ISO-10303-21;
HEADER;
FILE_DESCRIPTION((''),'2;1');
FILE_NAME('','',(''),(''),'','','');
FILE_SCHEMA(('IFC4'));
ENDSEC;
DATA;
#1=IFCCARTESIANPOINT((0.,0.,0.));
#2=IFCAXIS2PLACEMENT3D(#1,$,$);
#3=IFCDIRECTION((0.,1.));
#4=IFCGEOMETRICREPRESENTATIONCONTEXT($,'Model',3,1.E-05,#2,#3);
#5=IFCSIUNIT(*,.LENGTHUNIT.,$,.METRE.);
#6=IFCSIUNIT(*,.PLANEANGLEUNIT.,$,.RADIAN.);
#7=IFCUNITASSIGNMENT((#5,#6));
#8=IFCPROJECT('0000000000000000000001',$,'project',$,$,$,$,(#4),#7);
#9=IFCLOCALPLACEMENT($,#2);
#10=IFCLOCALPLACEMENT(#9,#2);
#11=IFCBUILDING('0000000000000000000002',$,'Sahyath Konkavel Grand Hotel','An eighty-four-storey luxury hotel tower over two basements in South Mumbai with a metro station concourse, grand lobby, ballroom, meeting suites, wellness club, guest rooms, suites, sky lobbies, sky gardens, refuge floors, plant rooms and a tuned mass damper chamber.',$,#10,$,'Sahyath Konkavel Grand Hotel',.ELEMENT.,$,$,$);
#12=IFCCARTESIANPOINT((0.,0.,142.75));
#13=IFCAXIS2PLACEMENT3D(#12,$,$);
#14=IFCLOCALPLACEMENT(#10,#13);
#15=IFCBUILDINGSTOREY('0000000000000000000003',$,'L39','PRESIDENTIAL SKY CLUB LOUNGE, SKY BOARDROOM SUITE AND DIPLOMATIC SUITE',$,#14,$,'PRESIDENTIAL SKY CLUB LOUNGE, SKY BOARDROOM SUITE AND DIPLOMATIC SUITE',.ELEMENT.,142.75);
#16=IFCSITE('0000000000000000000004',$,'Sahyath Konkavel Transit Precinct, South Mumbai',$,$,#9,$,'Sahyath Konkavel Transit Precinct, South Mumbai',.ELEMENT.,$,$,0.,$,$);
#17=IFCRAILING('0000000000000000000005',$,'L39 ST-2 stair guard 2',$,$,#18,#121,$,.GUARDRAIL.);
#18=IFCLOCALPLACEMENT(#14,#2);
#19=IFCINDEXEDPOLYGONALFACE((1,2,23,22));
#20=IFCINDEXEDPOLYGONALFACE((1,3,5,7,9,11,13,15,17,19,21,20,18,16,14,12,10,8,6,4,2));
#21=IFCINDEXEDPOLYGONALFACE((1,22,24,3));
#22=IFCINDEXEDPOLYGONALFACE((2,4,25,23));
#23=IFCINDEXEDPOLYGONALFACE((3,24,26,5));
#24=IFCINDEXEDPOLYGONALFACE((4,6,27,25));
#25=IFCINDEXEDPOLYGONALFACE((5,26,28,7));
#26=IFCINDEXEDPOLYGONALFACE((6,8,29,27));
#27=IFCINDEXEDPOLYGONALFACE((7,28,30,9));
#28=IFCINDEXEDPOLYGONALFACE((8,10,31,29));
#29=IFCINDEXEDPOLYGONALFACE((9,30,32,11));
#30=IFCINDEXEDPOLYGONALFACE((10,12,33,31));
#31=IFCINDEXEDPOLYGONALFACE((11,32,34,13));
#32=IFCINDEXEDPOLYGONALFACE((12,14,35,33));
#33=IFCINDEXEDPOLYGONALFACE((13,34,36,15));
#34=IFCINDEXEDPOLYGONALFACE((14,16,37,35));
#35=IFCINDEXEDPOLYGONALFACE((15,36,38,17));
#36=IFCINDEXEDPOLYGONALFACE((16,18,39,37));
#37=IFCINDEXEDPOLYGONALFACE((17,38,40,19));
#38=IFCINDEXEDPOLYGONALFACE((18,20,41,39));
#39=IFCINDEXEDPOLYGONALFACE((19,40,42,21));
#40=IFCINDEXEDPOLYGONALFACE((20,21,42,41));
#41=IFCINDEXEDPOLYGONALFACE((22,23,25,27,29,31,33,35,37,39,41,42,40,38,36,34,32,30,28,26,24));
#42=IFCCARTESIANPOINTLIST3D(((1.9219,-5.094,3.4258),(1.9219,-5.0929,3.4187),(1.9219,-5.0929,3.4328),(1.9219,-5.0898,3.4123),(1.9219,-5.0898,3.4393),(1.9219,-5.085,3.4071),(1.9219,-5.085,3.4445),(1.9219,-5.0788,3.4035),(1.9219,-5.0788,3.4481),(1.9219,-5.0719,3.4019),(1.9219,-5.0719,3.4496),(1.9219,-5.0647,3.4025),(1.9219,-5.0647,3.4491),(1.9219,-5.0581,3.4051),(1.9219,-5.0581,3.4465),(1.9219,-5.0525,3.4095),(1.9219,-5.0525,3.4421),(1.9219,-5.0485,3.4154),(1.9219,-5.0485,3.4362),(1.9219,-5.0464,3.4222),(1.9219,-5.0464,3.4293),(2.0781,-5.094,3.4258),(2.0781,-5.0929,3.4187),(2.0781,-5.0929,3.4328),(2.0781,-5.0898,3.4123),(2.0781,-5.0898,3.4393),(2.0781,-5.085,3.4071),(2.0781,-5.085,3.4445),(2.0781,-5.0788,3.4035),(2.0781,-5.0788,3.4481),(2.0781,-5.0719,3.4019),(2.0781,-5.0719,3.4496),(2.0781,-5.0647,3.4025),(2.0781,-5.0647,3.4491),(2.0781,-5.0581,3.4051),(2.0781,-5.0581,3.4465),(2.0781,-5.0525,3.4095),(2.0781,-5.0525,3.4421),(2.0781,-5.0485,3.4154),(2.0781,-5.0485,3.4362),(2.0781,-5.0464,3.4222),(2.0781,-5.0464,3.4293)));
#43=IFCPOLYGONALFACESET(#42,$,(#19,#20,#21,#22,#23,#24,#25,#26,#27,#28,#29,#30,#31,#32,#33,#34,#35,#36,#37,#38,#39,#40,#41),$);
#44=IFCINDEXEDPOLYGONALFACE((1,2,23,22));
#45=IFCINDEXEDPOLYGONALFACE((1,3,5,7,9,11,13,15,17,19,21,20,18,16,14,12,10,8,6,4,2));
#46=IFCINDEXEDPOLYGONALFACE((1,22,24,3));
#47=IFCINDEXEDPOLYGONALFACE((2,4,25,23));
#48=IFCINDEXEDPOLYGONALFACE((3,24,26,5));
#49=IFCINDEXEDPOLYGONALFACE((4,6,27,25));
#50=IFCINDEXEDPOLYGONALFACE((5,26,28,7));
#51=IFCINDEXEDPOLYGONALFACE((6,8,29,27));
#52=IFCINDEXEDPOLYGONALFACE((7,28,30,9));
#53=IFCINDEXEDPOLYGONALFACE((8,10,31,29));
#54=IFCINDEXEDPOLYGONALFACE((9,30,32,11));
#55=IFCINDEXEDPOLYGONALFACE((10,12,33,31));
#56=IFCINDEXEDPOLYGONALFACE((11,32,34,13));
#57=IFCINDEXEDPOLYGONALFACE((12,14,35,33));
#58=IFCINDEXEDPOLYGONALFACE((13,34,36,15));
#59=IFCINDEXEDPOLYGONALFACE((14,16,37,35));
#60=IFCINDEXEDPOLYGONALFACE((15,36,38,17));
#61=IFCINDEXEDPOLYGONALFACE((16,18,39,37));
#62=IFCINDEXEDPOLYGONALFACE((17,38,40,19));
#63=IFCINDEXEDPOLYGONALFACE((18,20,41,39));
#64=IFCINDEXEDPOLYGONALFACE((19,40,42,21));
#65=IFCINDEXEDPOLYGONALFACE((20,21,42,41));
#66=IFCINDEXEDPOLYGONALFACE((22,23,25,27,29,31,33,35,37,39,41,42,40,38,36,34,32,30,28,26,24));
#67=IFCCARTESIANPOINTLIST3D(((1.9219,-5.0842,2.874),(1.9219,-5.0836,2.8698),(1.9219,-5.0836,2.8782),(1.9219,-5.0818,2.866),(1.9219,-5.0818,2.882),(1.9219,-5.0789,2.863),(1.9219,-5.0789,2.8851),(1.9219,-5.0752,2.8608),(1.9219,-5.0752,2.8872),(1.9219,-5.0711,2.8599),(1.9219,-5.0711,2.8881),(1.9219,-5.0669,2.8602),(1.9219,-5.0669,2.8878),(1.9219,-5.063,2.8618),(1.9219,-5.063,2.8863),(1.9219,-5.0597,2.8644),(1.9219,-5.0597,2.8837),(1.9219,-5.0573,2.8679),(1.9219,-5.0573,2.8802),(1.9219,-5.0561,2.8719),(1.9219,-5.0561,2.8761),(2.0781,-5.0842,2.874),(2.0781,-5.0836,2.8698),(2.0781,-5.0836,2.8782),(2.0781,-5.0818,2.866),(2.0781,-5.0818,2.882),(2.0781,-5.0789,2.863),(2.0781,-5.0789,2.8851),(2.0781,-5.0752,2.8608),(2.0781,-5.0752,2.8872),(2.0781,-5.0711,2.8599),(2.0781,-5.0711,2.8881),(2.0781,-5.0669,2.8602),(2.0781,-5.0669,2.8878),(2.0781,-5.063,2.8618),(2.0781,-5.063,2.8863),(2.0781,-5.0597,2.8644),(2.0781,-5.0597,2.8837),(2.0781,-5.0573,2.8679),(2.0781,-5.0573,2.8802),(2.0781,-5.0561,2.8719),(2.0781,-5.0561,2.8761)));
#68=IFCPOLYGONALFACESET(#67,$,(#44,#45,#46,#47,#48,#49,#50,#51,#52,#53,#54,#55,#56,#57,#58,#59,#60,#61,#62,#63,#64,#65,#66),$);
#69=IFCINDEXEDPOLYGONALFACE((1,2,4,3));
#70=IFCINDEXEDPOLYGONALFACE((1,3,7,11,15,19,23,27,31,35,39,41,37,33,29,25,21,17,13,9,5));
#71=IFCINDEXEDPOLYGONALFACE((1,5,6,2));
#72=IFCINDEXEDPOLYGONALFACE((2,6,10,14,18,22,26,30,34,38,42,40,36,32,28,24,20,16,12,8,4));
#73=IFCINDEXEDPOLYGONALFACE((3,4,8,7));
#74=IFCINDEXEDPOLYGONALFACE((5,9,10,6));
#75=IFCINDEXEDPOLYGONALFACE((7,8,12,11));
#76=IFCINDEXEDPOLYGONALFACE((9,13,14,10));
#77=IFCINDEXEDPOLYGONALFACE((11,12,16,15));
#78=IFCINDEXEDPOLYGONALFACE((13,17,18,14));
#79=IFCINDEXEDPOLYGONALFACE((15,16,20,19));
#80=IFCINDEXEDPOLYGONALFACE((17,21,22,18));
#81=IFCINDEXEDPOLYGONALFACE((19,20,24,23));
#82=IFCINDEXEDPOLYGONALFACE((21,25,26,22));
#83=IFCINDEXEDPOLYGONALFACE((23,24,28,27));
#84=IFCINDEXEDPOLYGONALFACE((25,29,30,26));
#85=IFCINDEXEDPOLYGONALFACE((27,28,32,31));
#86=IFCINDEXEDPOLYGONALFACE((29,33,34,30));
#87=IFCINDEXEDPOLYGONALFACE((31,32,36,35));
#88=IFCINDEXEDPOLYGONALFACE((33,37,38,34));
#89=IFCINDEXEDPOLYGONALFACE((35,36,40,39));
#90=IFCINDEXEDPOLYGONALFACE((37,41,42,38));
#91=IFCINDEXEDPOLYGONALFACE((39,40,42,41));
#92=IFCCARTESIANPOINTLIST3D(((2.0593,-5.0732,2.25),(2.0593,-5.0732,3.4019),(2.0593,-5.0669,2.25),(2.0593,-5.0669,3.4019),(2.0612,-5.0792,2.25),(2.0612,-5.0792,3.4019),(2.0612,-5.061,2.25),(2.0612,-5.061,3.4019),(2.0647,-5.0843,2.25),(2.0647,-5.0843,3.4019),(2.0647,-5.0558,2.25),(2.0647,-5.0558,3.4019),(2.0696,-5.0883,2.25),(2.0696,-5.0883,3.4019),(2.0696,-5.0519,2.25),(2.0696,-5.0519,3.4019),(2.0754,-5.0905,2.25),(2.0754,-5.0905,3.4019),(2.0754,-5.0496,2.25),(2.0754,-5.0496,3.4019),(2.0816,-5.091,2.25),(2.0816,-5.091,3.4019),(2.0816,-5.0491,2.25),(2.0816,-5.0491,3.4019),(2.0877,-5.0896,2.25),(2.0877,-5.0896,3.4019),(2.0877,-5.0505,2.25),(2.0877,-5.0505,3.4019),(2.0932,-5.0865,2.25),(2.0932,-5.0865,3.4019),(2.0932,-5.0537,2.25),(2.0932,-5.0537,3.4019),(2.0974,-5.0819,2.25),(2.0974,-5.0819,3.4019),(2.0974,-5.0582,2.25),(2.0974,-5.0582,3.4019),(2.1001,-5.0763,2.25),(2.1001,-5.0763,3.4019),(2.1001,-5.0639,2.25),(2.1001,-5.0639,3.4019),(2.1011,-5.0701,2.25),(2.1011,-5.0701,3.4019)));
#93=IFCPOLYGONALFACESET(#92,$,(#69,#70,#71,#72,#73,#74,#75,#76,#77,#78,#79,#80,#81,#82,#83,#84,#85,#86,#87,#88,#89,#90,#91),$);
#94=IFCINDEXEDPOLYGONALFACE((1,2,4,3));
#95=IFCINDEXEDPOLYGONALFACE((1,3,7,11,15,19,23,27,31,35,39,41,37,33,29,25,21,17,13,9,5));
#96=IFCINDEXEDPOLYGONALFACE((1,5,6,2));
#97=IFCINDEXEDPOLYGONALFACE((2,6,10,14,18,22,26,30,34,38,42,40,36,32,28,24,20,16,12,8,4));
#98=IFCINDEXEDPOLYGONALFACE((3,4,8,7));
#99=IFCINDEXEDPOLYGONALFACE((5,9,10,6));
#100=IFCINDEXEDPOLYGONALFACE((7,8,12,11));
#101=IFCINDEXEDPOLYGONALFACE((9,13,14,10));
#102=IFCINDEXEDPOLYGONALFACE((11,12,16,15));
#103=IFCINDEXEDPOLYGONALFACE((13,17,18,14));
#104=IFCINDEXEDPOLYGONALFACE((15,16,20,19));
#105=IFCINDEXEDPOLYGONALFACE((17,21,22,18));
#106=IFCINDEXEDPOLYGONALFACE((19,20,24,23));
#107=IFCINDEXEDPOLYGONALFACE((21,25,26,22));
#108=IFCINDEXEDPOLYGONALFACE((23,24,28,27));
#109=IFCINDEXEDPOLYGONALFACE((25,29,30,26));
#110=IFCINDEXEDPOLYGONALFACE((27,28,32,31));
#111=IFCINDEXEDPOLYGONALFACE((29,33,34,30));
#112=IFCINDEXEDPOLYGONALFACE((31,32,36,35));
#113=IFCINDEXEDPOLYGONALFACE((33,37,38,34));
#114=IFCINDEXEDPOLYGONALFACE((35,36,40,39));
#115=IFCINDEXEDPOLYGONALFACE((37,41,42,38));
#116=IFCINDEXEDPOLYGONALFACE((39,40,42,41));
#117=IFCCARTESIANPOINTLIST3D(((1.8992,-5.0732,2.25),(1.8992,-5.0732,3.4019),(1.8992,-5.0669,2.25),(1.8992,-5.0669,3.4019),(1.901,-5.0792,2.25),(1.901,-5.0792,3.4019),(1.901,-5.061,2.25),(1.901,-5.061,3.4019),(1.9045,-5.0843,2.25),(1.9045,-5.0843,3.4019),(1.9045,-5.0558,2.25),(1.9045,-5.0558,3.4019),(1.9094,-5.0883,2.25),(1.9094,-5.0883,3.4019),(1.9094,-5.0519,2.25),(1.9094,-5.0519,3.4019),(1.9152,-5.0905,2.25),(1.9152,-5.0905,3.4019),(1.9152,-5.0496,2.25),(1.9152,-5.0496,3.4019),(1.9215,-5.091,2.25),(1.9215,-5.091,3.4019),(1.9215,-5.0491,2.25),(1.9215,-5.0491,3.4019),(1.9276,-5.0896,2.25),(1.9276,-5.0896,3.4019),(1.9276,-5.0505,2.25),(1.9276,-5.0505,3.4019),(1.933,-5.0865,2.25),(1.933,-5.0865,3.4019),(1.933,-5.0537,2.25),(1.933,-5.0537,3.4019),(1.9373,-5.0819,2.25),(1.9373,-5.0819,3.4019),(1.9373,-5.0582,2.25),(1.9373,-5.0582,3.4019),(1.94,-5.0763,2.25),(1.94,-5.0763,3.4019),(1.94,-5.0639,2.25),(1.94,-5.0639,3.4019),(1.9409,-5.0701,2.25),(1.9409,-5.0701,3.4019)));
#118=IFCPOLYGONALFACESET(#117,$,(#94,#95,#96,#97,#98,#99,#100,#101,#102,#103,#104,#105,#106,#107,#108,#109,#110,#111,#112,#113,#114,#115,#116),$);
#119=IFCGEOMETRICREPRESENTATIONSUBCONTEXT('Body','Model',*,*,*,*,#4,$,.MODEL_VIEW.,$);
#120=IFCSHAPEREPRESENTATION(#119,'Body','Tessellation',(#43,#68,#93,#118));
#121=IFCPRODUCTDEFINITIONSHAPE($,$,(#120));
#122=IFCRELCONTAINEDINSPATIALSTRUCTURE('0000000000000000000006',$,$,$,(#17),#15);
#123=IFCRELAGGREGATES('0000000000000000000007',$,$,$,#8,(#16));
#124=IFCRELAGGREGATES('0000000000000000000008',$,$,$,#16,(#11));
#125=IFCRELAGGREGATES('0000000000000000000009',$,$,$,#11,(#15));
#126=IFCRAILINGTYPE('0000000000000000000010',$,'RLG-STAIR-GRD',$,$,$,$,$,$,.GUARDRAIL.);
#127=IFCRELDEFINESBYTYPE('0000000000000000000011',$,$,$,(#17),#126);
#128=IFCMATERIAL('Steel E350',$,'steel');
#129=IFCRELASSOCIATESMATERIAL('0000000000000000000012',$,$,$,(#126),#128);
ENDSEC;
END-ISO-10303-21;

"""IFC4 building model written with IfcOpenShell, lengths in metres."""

from ifc_helpers import new_model, si_unit, direction, frame, origin, origin_2d, place, context, subcontext, project, spatial, circle, extrude, material, type_object, element, save


model = new_model("IFC4")

# Units and contexts
model_context = context("Model", 3, precision=1e-05, world=origin(), true_north=direction((0.0, 1.0)))
body_context = subcontext(model_context, "Body", "Model", "MODEL_VIEW")
ifc_project = project(units=[si_unit("LENGTHUNIT", "METRE"), si_unit("PLANEANGLEUNIT", "RADIAN")], contexts=[model_context])

# Site, building, storey
site_placement = place(None, origin())
site = spatial("IfcSite", under=ifc_project, at=site_placement, Name="Sahyath Konkavel Transit Precinct, South Mumbai", LongName="Sahyath Konkavel Transit Precinct, South Mumbai", CompositionType="ELEMENT", RefElevation=0.0)
building_placement = place(site_placement, origin())
building = spatial("IfcBuilding", under=site, at=building_placement, Name="Sahyath Konkavel Grand Hotel", Description="An eighty-four-storey luxury hotel tower over two basements in South Mumbai with a metro station concourse, grand lobby, ballroom, meeting suites, wellness club, guest rooms, suites, sky lobbies, sky gardens, refuge floors, plant rooms and a tuned mass damper chamber.", LongName="Sahyath Konkavel Grand Hotel", CompositionType="ELEMENT")
storey_placement = place(building_placement, frame((0.0, 0.0, 142.75)))
storey = spatial("IfcBuildingStorey", under=building, at=storey_placement, Name="L39", Description="PRESIDENTIAL SKY CLUB LOUNGE, SKY BOARDROOM SUITE AND DIPLOMATIC SUITE", LongName="PRESIDENTIAL SKY CLUB LOUNGE, SKY BOARDROOM SUITE AND DIPLOMATIC SUITE", CompositionType="ELEMENT", Elevation=142.75)

# Shared definitions
ifc_material_1 = material(Name="Steel E350", Category="steel")

# Railing
railing_type_1 = type_object("IfcRailingType", Name="RLG-STAIR-GRD", PredefinedType="GUARDRAIL", material=ifc_material_1)
railing_1_placement = place(storey_placement, frame((2.0801, -5.0701, 2.25)))
element("IfcRailing", 1, at=railing_1_placement, inside=storey, type_object=railing_type_1, Name="L39 ST-2 stair guard 2", PredefinedType="GUARDRAIL", context=body_context, shape_type="SweptSolid", body=[
    extrude(circle(Radius=0.0239, at=origin_2d()), frame((-0.002, 0.0, 1.1758), z_axis=(-1.0, 0.0, 0.0), x_axis=(0.0, -1.0, 0.0)), (0.0, 0.0, 1.0), 0.1562),
    extrude(circle(Radius=0.0142, at=origin_2d()), frame((-0.002, 0.0, 0.624), z_axis=(-1.0, 0.0, 0.0), x_axis=(0.0, -1.0, 0.0)), (0.0, 0.0, 1.0), 0.1562),
    extrude(circle(Radius=0.021, at=origin_2d()), origin(), (0.0, 0.0, 1.0), 1.1519),
    extrude(circle(Radius=0.021, at=origin_2d()), frame((-0.1602, 0.0, 0.0)), (0.0, 0.0, 1.0), 1.1519),
])

save(model, "model.ifc")
